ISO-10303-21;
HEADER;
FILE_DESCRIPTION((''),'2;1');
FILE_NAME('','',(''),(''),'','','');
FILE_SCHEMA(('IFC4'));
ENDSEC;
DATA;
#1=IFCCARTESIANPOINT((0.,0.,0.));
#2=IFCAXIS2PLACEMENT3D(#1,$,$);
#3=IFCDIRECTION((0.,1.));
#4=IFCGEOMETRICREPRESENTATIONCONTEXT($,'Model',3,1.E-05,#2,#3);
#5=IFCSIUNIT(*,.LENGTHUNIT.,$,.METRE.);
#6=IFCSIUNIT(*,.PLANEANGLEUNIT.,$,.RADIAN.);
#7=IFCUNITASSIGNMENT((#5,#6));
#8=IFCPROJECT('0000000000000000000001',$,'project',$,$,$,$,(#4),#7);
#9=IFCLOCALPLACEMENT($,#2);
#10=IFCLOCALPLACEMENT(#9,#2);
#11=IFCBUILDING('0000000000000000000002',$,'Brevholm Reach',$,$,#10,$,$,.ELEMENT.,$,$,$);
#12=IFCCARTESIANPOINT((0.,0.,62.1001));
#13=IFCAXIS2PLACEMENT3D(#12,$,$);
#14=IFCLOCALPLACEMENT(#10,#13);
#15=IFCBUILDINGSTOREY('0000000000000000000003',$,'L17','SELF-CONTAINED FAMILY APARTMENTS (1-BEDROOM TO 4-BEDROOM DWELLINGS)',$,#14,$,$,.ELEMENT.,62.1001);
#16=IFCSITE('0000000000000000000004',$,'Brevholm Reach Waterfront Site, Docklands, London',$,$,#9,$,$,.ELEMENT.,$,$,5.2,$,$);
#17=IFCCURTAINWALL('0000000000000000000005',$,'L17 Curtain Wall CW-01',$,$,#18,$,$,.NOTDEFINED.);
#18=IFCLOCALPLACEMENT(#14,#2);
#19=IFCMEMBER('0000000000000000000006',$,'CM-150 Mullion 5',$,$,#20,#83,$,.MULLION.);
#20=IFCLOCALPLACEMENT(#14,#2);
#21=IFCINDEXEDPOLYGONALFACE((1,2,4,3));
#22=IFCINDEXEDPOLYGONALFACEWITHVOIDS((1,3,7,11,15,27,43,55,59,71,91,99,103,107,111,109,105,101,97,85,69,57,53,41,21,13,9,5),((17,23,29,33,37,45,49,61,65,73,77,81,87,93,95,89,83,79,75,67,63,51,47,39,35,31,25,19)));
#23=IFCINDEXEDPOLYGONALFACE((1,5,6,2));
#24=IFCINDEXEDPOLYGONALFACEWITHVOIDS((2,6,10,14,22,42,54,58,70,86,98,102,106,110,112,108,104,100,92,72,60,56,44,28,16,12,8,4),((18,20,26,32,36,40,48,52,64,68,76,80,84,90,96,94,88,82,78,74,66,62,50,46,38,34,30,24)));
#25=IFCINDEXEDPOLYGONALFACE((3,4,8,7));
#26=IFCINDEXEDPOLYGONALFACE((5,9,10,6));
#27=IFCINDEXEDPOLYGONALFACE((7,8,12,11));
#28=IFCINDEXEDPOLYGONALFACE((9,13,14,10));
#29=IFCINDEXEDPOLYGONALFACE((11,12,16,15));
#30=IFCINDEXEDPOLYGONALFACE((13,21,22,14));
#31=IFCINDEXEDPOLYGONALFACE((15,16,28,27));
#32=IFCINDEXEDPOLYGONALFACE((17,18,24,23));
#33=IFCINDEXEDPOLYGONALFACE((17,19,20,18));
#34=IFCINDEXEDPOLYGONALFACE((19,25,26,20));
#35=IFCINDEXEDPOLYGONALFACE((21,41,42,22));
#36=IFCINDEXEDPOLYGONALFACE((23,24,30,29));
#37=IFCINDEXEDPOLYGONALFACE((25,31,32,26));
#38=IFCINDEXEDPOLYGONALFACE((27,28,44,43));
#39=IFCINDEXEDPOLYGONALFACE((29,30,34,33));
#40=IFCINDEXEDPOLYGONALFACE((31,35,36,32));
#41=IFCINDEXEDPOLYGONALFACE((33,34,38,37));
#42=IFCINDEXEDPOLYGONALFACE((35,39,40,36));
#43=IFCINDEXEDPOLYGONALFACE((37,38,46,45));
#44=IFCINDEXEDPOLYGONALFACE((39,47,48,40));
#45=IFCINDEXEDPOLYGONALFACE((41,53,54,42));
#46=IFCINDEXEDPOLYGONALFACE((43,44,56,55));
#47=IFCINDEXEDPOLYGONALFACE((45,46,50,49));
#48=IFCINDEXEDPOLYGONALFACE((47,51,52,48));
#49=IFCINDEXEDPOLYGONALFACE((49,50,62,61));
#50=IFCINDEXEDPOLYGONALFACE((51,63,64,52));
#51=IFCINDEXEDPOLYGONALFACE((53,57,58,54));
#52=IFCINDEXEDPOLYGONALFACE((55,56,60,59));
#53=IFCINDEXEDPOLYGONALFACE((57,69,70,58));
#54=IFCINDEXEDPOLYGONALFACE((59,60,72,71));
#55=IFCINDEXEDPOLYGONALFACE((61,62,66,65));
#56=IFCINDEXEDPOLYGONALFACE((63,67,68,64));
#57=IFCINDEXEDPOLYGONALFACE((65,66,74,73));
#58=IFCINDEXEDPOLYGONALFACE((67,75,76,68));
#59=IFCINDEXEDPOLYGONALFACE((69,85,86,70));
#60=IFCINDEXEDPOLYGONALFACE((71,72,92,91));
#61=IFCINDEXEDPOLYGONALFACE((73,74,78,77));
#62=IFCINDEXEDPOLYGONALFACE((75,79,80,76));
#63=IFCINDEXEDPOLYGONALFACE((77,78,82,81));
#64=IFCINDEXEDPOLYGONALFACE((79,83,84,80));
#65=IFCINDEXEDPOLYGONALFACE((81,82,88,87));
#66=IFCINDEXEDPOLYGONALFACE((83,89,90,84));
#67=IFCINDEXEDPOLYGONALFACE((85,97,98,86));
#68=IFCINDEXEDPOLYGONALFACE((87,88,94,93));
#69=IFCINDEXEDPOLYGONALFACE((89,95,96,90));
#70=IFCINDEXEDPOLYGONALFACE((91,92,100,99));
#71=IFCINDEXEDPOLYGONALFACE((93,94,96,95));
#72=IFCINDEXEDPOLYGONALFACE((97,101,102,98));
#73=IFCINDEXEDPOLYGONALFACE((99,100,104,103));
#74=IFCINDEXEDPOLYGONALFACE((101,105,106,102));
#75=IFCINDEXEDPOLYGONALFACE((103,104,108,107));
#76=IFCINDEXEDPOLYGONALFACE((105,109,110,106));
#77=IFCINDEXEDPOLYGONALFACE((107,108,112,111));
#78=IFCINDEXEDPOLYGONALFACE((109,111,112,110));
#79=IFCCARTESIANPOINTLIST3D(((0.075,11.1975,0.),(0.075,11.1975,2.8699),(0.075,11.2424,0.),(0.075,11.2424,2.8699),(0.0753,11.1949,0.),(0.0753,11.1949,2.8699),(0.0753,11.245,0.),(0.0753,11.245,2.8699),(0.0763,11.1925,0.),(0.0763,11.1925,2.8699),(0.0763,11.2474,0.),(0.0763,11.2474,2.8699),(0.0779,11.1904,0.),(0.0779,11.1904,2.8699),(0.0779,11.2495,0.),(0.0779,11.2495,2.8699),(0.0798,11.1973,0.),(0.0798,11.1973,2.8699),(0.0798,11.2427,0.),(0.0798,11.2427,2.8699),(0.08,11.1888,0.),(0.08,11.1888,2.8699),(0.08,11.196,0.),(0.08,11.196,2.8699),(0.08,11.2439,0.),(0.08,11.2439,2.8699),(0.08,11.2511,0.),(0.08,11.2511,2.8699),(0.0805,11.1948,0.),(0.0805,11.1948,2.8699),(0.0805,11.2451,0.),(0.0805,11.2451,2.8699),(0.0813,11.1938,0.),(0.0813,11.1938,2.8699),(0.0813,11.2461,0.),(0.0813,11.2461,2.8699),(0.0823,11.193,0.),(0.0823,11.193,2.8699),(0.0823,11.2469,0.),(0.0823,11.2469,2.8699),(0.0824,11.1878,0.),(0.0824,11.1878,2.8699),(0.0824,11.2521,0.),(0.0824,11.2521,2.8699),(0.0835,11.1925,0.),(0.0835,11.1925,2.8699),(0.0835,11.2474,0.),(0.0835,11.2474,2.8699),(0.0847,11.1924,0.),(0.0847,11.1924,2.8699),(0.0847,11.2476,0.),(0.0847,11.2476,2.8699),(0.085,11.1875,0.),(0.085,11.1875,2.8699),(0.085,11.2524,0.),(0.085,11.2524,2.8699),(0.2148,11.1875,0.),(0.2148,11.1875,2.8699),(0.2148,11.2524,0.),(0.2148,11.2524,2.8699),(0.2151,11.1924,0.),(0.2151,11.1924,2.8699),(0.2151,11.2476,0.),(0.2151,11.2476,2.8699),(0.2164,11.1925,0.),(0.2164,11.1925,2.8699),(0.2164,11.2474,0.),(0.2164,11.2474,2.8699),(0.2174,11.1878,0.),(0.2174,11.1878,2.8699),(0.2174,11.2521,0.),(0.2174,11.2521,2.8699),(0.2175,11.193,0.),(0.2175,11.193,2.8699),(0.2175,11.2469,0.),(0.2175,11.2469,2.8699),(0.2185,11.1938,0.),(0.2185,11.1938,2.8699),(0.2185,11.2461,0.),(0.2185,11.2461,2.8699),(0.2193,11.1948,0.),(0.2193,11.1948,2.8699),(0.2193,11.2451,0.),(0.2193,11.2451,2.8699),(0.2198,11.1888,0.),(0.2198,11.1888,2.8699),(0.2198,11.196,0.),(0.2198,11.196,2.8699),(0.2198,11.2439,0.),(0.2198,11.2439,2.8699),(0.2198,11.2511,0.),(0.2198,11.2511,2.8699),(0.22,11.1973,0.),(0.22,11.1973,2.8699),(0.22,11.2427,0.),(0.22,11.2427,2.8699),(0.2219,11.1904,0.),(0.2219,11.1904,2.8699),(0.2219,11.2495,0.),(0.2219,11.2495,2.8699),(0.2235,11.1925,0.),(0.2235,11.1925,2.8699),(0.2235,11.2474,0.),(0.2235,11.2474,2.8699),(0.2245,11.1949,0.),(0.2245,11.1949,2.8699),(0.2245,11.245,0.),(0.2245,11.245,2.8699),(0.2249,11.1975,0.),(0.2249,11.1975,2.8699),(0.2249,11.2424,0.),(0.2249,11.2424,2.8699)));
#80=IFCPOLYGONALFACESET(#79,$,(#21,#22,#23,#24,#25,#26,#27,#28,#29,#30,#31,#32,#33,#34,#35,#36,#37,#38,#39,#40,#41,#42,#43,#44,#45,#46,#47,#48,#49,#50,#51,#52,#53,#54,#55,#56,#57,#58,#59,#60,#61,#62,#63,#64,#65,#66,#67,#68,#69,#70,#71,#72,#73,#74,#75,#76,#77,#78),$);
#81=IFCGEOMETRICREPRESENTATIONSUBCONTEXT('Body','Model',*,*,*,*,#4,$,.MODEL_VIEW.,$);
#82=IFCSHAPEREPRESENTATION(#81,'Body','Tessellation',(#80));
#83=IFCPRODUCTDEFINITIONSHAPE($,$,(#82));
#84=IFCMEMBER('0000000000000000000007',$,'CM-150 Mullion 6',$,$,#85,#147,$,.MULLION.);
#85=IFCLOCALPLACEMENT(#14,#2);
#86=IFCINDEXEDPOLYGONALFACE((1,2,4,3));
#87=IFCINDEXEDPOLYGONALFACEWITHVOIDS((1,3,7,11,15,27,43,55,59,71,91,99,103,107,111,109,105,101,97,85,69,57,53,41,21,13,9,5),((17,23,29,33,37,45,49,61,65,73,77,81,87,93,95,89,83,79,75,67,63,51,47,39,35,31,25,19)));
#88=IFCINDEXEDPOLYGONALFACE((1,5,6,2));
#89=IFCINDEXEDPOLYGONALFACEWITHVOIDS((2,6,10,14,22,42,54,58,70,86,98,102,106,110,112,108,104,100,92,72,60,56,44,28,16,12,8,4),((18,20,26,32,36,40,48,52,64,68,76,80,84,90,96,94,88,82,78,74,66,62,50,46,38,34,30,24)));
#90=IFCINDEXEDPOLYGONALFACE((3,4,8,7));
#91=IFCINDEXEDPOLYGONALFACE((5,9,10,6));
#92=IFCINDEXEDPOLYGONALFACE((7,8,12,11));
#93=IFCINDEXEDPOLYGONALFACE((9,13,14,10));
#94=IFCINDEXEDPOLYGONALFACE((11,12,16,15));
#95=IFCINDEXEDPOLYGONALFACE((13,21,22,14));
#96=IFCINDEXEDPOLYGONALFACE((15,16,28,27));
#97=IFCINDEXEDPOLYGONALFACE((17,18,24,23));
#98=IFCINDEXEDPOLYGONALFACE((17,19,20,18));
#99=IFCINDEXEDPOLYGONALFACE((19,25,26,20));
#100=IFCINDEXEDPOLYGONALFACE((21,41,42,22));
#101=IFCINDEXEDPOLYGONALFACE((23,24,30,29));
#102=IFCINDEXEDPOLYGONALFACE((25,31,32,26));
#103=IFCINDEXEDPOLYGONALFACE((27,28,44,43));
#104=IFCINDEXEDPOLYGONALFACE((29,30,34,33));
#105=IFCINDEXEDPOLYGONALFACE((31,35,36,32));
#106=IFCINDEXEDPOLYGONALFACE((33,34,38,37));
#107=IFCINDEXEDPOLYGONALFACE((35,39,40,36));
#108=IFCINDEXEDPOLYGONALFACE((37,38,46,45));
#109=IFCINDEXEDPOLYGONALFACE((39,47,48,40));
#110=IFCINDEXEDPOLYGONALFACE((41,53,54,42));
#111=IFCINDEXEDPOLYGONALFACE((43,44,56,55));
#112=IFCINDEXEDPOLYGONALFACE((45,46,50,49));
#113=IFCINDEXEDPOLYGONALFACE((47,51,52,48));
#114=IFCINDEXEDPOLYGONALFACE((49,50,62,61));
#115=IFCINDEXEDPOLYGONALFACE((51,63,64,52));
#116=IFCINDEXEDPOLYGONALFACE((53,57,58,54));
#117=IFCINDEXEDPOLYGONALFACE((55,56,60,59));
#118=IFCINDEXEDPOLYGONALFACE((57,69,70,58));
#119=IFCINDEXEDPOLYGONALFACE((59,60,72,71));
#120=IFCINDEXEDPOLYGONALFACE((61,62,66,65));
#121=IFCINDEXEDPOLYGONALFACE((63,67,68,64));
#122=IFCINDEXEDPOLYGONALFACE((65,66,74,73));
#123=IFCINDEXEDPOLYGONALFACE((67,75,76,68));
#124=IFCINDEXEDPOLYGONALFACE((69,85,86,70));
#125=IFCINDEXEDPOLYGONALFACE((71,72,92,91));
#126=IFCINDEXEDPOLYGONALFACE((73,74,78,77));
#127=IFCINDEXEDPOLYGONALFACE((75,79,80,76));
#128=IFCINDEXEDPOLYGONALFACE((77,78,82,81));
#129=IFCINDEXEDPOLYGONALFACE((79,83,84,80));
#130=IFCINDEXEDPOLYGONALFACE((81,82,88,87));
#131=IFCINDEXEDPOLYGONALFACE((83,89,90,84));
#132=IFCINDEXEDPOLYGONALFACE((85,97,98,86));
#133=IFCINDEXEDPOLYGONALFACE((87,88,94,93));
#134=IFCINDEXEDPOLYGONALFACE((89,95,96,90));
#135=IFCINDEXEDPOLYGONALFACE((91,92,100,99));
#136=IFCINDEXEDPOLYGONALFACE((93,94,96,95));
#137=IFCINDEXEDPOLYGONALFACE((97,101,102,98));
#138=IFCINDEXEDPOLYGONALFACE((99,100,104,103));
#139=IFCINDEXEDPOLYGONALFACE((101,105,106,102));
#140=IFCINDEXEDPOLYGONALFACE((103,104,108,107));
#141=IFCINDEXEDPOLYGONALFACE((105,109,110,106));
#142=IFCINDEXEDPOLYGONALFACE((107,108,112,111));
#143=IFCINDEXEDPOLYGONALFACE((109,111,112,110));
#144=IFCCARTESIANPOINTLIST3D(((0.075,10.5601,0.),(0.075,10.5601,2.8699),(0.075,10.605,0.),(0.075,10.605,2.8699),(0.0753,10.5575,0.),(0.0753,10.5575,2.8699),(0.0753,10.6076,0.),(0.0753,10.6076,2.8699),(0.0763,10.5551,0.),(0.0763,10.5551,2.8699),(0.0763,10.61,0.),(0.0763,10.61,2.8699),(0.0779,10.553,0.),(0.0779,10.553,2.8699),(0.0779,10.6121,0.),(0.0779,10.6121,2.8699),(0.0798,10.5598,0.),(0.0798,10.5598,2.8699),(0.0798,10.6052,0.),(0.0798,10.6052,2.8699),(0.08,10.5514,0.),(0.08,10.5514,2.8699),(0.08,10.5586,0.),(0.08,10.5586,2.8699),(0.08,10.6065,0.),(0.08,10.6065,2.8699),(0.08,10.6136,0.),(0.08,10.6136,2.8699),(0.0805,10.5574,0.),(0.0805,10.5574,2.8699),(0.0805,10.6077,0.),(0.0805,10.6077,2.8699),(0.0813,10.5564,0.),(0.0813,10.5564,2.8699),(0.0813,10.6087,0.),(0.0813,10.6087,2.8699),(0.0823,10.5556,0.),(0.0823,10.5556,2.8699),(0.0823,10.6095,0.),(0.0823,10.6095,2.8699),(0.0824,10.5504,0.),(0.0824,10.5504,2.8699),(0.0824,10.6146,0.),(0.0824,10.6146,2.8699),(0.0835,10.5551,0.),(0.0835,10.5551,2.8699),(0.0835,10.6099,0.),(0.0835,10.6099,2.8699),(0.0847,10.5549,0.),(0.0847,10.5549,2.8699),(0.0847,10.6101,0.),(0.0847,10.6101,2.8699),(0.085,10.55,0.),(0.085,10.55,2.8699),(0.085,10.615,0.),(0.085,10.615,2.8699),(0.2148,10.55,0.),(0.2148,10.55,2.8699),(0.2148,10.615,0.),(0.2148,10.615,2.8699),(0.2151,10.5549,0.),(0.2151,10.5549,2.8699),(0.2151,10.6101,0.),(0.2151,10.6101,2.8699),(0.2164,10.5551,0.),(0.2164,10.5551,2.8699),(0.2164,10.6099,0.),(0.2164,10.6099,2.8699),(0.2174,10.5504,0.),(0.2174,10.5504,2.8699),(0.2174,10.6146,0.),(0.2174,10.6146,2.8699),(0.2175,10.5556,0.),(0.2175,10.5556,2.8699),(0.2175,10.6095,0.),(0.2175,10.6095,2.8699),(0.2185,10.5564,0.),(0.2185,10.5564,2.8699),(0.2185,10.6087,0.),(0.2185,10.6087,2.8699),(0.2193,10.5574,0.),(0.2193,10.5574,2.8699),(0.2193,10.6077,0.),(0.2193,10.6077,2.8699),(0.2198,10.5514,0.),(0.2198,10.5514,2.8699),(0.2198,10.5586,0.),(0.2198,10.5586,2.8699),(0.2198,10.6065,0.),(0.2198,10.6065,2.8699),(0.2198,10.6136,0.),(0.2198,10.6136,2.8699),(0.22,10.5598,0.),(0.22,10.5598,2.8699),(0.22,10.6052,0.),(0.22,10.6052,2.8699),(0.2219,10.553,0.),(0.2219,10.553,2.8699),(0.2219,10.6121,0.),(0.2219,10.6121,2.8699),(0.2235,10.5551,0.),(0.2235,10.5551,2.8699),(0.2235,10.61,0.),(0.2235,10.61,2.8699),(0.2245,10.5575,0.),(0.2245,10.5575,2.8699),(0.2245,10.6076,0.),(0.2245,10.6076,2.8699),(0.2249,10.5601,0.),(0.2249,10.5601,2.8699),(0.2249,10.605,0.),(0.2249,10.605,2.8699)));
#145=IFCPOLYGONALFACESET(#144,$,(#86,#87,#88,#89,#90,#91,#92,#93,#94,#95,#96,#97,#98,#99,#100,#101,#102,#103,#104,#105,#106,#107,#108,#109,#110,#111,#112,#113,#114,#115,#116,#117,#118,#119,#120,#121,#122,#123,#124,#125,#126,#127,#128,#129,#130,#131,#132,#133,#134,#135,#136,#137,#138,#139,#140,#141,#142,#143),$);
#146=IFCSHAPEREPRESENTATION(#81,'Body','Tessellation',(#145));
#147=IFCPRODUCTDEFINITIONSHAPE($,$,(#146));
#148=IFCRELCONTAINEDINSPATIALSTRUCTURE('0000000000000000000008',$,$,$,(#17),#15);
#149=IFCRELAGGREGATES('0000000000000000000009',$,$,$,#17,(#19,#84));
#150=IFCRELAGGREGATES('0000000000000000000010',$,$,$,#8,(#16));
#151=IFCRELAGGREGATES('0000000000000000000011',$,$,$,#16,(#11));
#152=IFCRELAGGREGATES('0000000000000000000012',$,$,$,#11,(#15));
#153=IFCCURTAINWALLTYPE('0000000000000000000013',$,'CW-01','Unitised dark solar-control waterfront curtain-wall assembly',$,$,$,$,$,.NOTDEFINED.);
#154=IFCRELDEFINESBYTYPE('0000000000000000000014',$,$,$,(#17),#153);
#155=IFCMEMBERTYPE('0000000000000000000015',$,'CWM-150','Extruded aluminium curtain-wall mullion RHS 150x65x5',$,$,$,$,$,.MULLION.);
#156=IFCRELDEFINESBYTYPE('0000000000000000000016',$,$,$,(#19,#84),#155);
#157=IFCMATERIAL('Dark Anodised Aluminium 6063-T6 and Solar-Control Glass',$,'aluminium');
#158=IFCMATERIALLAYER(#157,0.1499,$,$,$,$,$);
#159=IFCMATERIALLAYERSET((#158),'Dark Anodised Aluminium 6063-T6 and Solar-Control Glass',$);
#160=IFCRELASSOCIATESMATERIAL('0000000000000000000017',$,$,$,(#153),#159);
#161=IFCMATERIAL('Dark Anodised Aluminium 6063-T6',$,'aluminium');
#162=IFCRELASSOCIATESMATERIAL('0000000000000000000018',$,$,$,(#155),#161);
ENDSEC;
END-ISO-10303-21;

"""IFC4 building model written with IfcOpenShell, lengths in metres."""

from ifc_helpers import new_model, si_unit, direction, frame, origin, origin_2d, place, context, subcontext, project, spatial, hollow_rectangle, extrude, material, layer, layer_set, material_profile, profile_set, type_object, element, aggregate, save


model = new_model("IFC4")

# Units and contexts
model_context = context("Model", 3, precision=1e-05, world=origin(), true_north=direction((0.0, 1.0)))
body_context = subcontext(model_context, "Body", "Model", "MODEL_VIEW")
ifc_project = project(units=[si_unit("LENGTHUNIT", "METRE"), si_unit("PLANEANGLEUNIT", "RADIAN")], contexts=[model_context])

# Site, building, storey
site_placement = place(None, origin())
site = spatial("IfcSite", under=ifc_project, at=site_placement, Name="Brevholm Reach Waterfront Site, Docklands, London", CompositionType="ELEMENT", RefElevation=5.2)
building_placement = place(site_placement, origin())
building = spatial("IfcBuilding", under=site, at=building_placement, Name="Brevholm Reach", CompositionType="ELEMENT")
storey_placement = place(building_placement, frame((0.0, 0.0, 62.1001)))
storey = spatial("IfcBuildingStorey", under=building, at=storey_placement, Name="L17", Description="SELF-CONTAINED FAMILY APARTMENTS (1-BEDROOM TO 4-BEDROOM DWELLINGS)", CompositionType="ELEMENT", Elevation=62.1001)

# Curtain wall, members
ifc_material_1 = material(Name="Dark Anodised Aluminium 6063-T6 and Solar-Control Glass", Category="aluminium")
ifc_layer_1 = layer(ifc_material_1, 0.1499)
ifc_layer_set_1 = layer_set([ifc_layer_1], Name="Dark Anodised Aluminium 6063-T6 and Solar-Control Glass")
curtain_wall_type = type_object("IfcCurtainWallType", Name="CW-01", Description="Unitised dark solar-control waterfront curtain-wall assembly", PredefinedType="NOTDEFINED", material=ifc_layer_set_1)
curtain_wall_placement = place(storey_placement, origin())
curtain_wall = element("IfcCurtainWall", 1, at=curtain_wall_placement, inside=storey, type_object=curtain_wall_type, Name="L17 Curtain Wall CW-01", PredefinedType="NOTDEFINED")
ifc_material_2 = material(Name="Dark Anodised Aluminium 6063-T6", Category="aluminium")
ifc_material_profile_1 = material_profile(ifc_material_2, hollow_rectangle(XDim=0.0649, YDim=0.1499, WallThickness=0.0049, InnerFilletRadius=0.0049, OuterFilletRadius=0.01, at=origin_2d()), Name="RHS 150x65x5")
ifc_profile_set_1 = profile_set([ifc_material_profile_1], Name="Dark Anodised Aluminium 6063-T6")
member_type_1 = type_object("IfcMemberType", Name="CWM-150", Description="Extruded aluminium curtain-wall mullion RHS 150x65x5", PredefinedType="MULLION", material=ifc_profile_set_1)
member_1_placement = place(storey_placement, frame((0.1499, 11.22, 0.0), z_axis=(0.0, 0.0, 1.0), x_axis=(0.0, -1.0, 0.0)))
member_1 = element("IfcMember", 2, at=member_1_placement, type_object=member_type_1, Name="CM-150 Mullion 5", PredefinedType="MULLION", context=body_context, shape_type="SweptSolid", body=[
    extrude(hollow_rectangle(XDim=0.0649, YDim=0.1499, WallThickness=0.0049, InnerFilletRadius=0.0049, OuterFilletRadius=0.01, at=origin_2d()), origin(), (0.0, 0.0, 1.0), 2.8699),
])
member_2_placement = place(storey_placement, frame((0.1499, 10.5825, 0.0), z_axis=(0.0, 0.0, 1.0), x_axis=(0.0, -1.0, 0.0)))
member_2 = element("IfcMember", 3, at=member_2_placement, type_object=member_type_1, Name="CM-150 Mullion 6", PredefinedType="MULLION", context=body_context, shape_type="SweptSolid", body=[
    extrude(hollow_rectangle(XDim=0.0649, YDim=0.1499, WallThickness=0.0049, InnerFilletRadius=0.0049, OuterFilletRadius=0.01, at=origin_2d()), origin(), (0.0, 0.0, 1.0), 2.8699),
])
aggregate(curtain_wall, [member_1, member_2])

save(model, "model.ifc")
